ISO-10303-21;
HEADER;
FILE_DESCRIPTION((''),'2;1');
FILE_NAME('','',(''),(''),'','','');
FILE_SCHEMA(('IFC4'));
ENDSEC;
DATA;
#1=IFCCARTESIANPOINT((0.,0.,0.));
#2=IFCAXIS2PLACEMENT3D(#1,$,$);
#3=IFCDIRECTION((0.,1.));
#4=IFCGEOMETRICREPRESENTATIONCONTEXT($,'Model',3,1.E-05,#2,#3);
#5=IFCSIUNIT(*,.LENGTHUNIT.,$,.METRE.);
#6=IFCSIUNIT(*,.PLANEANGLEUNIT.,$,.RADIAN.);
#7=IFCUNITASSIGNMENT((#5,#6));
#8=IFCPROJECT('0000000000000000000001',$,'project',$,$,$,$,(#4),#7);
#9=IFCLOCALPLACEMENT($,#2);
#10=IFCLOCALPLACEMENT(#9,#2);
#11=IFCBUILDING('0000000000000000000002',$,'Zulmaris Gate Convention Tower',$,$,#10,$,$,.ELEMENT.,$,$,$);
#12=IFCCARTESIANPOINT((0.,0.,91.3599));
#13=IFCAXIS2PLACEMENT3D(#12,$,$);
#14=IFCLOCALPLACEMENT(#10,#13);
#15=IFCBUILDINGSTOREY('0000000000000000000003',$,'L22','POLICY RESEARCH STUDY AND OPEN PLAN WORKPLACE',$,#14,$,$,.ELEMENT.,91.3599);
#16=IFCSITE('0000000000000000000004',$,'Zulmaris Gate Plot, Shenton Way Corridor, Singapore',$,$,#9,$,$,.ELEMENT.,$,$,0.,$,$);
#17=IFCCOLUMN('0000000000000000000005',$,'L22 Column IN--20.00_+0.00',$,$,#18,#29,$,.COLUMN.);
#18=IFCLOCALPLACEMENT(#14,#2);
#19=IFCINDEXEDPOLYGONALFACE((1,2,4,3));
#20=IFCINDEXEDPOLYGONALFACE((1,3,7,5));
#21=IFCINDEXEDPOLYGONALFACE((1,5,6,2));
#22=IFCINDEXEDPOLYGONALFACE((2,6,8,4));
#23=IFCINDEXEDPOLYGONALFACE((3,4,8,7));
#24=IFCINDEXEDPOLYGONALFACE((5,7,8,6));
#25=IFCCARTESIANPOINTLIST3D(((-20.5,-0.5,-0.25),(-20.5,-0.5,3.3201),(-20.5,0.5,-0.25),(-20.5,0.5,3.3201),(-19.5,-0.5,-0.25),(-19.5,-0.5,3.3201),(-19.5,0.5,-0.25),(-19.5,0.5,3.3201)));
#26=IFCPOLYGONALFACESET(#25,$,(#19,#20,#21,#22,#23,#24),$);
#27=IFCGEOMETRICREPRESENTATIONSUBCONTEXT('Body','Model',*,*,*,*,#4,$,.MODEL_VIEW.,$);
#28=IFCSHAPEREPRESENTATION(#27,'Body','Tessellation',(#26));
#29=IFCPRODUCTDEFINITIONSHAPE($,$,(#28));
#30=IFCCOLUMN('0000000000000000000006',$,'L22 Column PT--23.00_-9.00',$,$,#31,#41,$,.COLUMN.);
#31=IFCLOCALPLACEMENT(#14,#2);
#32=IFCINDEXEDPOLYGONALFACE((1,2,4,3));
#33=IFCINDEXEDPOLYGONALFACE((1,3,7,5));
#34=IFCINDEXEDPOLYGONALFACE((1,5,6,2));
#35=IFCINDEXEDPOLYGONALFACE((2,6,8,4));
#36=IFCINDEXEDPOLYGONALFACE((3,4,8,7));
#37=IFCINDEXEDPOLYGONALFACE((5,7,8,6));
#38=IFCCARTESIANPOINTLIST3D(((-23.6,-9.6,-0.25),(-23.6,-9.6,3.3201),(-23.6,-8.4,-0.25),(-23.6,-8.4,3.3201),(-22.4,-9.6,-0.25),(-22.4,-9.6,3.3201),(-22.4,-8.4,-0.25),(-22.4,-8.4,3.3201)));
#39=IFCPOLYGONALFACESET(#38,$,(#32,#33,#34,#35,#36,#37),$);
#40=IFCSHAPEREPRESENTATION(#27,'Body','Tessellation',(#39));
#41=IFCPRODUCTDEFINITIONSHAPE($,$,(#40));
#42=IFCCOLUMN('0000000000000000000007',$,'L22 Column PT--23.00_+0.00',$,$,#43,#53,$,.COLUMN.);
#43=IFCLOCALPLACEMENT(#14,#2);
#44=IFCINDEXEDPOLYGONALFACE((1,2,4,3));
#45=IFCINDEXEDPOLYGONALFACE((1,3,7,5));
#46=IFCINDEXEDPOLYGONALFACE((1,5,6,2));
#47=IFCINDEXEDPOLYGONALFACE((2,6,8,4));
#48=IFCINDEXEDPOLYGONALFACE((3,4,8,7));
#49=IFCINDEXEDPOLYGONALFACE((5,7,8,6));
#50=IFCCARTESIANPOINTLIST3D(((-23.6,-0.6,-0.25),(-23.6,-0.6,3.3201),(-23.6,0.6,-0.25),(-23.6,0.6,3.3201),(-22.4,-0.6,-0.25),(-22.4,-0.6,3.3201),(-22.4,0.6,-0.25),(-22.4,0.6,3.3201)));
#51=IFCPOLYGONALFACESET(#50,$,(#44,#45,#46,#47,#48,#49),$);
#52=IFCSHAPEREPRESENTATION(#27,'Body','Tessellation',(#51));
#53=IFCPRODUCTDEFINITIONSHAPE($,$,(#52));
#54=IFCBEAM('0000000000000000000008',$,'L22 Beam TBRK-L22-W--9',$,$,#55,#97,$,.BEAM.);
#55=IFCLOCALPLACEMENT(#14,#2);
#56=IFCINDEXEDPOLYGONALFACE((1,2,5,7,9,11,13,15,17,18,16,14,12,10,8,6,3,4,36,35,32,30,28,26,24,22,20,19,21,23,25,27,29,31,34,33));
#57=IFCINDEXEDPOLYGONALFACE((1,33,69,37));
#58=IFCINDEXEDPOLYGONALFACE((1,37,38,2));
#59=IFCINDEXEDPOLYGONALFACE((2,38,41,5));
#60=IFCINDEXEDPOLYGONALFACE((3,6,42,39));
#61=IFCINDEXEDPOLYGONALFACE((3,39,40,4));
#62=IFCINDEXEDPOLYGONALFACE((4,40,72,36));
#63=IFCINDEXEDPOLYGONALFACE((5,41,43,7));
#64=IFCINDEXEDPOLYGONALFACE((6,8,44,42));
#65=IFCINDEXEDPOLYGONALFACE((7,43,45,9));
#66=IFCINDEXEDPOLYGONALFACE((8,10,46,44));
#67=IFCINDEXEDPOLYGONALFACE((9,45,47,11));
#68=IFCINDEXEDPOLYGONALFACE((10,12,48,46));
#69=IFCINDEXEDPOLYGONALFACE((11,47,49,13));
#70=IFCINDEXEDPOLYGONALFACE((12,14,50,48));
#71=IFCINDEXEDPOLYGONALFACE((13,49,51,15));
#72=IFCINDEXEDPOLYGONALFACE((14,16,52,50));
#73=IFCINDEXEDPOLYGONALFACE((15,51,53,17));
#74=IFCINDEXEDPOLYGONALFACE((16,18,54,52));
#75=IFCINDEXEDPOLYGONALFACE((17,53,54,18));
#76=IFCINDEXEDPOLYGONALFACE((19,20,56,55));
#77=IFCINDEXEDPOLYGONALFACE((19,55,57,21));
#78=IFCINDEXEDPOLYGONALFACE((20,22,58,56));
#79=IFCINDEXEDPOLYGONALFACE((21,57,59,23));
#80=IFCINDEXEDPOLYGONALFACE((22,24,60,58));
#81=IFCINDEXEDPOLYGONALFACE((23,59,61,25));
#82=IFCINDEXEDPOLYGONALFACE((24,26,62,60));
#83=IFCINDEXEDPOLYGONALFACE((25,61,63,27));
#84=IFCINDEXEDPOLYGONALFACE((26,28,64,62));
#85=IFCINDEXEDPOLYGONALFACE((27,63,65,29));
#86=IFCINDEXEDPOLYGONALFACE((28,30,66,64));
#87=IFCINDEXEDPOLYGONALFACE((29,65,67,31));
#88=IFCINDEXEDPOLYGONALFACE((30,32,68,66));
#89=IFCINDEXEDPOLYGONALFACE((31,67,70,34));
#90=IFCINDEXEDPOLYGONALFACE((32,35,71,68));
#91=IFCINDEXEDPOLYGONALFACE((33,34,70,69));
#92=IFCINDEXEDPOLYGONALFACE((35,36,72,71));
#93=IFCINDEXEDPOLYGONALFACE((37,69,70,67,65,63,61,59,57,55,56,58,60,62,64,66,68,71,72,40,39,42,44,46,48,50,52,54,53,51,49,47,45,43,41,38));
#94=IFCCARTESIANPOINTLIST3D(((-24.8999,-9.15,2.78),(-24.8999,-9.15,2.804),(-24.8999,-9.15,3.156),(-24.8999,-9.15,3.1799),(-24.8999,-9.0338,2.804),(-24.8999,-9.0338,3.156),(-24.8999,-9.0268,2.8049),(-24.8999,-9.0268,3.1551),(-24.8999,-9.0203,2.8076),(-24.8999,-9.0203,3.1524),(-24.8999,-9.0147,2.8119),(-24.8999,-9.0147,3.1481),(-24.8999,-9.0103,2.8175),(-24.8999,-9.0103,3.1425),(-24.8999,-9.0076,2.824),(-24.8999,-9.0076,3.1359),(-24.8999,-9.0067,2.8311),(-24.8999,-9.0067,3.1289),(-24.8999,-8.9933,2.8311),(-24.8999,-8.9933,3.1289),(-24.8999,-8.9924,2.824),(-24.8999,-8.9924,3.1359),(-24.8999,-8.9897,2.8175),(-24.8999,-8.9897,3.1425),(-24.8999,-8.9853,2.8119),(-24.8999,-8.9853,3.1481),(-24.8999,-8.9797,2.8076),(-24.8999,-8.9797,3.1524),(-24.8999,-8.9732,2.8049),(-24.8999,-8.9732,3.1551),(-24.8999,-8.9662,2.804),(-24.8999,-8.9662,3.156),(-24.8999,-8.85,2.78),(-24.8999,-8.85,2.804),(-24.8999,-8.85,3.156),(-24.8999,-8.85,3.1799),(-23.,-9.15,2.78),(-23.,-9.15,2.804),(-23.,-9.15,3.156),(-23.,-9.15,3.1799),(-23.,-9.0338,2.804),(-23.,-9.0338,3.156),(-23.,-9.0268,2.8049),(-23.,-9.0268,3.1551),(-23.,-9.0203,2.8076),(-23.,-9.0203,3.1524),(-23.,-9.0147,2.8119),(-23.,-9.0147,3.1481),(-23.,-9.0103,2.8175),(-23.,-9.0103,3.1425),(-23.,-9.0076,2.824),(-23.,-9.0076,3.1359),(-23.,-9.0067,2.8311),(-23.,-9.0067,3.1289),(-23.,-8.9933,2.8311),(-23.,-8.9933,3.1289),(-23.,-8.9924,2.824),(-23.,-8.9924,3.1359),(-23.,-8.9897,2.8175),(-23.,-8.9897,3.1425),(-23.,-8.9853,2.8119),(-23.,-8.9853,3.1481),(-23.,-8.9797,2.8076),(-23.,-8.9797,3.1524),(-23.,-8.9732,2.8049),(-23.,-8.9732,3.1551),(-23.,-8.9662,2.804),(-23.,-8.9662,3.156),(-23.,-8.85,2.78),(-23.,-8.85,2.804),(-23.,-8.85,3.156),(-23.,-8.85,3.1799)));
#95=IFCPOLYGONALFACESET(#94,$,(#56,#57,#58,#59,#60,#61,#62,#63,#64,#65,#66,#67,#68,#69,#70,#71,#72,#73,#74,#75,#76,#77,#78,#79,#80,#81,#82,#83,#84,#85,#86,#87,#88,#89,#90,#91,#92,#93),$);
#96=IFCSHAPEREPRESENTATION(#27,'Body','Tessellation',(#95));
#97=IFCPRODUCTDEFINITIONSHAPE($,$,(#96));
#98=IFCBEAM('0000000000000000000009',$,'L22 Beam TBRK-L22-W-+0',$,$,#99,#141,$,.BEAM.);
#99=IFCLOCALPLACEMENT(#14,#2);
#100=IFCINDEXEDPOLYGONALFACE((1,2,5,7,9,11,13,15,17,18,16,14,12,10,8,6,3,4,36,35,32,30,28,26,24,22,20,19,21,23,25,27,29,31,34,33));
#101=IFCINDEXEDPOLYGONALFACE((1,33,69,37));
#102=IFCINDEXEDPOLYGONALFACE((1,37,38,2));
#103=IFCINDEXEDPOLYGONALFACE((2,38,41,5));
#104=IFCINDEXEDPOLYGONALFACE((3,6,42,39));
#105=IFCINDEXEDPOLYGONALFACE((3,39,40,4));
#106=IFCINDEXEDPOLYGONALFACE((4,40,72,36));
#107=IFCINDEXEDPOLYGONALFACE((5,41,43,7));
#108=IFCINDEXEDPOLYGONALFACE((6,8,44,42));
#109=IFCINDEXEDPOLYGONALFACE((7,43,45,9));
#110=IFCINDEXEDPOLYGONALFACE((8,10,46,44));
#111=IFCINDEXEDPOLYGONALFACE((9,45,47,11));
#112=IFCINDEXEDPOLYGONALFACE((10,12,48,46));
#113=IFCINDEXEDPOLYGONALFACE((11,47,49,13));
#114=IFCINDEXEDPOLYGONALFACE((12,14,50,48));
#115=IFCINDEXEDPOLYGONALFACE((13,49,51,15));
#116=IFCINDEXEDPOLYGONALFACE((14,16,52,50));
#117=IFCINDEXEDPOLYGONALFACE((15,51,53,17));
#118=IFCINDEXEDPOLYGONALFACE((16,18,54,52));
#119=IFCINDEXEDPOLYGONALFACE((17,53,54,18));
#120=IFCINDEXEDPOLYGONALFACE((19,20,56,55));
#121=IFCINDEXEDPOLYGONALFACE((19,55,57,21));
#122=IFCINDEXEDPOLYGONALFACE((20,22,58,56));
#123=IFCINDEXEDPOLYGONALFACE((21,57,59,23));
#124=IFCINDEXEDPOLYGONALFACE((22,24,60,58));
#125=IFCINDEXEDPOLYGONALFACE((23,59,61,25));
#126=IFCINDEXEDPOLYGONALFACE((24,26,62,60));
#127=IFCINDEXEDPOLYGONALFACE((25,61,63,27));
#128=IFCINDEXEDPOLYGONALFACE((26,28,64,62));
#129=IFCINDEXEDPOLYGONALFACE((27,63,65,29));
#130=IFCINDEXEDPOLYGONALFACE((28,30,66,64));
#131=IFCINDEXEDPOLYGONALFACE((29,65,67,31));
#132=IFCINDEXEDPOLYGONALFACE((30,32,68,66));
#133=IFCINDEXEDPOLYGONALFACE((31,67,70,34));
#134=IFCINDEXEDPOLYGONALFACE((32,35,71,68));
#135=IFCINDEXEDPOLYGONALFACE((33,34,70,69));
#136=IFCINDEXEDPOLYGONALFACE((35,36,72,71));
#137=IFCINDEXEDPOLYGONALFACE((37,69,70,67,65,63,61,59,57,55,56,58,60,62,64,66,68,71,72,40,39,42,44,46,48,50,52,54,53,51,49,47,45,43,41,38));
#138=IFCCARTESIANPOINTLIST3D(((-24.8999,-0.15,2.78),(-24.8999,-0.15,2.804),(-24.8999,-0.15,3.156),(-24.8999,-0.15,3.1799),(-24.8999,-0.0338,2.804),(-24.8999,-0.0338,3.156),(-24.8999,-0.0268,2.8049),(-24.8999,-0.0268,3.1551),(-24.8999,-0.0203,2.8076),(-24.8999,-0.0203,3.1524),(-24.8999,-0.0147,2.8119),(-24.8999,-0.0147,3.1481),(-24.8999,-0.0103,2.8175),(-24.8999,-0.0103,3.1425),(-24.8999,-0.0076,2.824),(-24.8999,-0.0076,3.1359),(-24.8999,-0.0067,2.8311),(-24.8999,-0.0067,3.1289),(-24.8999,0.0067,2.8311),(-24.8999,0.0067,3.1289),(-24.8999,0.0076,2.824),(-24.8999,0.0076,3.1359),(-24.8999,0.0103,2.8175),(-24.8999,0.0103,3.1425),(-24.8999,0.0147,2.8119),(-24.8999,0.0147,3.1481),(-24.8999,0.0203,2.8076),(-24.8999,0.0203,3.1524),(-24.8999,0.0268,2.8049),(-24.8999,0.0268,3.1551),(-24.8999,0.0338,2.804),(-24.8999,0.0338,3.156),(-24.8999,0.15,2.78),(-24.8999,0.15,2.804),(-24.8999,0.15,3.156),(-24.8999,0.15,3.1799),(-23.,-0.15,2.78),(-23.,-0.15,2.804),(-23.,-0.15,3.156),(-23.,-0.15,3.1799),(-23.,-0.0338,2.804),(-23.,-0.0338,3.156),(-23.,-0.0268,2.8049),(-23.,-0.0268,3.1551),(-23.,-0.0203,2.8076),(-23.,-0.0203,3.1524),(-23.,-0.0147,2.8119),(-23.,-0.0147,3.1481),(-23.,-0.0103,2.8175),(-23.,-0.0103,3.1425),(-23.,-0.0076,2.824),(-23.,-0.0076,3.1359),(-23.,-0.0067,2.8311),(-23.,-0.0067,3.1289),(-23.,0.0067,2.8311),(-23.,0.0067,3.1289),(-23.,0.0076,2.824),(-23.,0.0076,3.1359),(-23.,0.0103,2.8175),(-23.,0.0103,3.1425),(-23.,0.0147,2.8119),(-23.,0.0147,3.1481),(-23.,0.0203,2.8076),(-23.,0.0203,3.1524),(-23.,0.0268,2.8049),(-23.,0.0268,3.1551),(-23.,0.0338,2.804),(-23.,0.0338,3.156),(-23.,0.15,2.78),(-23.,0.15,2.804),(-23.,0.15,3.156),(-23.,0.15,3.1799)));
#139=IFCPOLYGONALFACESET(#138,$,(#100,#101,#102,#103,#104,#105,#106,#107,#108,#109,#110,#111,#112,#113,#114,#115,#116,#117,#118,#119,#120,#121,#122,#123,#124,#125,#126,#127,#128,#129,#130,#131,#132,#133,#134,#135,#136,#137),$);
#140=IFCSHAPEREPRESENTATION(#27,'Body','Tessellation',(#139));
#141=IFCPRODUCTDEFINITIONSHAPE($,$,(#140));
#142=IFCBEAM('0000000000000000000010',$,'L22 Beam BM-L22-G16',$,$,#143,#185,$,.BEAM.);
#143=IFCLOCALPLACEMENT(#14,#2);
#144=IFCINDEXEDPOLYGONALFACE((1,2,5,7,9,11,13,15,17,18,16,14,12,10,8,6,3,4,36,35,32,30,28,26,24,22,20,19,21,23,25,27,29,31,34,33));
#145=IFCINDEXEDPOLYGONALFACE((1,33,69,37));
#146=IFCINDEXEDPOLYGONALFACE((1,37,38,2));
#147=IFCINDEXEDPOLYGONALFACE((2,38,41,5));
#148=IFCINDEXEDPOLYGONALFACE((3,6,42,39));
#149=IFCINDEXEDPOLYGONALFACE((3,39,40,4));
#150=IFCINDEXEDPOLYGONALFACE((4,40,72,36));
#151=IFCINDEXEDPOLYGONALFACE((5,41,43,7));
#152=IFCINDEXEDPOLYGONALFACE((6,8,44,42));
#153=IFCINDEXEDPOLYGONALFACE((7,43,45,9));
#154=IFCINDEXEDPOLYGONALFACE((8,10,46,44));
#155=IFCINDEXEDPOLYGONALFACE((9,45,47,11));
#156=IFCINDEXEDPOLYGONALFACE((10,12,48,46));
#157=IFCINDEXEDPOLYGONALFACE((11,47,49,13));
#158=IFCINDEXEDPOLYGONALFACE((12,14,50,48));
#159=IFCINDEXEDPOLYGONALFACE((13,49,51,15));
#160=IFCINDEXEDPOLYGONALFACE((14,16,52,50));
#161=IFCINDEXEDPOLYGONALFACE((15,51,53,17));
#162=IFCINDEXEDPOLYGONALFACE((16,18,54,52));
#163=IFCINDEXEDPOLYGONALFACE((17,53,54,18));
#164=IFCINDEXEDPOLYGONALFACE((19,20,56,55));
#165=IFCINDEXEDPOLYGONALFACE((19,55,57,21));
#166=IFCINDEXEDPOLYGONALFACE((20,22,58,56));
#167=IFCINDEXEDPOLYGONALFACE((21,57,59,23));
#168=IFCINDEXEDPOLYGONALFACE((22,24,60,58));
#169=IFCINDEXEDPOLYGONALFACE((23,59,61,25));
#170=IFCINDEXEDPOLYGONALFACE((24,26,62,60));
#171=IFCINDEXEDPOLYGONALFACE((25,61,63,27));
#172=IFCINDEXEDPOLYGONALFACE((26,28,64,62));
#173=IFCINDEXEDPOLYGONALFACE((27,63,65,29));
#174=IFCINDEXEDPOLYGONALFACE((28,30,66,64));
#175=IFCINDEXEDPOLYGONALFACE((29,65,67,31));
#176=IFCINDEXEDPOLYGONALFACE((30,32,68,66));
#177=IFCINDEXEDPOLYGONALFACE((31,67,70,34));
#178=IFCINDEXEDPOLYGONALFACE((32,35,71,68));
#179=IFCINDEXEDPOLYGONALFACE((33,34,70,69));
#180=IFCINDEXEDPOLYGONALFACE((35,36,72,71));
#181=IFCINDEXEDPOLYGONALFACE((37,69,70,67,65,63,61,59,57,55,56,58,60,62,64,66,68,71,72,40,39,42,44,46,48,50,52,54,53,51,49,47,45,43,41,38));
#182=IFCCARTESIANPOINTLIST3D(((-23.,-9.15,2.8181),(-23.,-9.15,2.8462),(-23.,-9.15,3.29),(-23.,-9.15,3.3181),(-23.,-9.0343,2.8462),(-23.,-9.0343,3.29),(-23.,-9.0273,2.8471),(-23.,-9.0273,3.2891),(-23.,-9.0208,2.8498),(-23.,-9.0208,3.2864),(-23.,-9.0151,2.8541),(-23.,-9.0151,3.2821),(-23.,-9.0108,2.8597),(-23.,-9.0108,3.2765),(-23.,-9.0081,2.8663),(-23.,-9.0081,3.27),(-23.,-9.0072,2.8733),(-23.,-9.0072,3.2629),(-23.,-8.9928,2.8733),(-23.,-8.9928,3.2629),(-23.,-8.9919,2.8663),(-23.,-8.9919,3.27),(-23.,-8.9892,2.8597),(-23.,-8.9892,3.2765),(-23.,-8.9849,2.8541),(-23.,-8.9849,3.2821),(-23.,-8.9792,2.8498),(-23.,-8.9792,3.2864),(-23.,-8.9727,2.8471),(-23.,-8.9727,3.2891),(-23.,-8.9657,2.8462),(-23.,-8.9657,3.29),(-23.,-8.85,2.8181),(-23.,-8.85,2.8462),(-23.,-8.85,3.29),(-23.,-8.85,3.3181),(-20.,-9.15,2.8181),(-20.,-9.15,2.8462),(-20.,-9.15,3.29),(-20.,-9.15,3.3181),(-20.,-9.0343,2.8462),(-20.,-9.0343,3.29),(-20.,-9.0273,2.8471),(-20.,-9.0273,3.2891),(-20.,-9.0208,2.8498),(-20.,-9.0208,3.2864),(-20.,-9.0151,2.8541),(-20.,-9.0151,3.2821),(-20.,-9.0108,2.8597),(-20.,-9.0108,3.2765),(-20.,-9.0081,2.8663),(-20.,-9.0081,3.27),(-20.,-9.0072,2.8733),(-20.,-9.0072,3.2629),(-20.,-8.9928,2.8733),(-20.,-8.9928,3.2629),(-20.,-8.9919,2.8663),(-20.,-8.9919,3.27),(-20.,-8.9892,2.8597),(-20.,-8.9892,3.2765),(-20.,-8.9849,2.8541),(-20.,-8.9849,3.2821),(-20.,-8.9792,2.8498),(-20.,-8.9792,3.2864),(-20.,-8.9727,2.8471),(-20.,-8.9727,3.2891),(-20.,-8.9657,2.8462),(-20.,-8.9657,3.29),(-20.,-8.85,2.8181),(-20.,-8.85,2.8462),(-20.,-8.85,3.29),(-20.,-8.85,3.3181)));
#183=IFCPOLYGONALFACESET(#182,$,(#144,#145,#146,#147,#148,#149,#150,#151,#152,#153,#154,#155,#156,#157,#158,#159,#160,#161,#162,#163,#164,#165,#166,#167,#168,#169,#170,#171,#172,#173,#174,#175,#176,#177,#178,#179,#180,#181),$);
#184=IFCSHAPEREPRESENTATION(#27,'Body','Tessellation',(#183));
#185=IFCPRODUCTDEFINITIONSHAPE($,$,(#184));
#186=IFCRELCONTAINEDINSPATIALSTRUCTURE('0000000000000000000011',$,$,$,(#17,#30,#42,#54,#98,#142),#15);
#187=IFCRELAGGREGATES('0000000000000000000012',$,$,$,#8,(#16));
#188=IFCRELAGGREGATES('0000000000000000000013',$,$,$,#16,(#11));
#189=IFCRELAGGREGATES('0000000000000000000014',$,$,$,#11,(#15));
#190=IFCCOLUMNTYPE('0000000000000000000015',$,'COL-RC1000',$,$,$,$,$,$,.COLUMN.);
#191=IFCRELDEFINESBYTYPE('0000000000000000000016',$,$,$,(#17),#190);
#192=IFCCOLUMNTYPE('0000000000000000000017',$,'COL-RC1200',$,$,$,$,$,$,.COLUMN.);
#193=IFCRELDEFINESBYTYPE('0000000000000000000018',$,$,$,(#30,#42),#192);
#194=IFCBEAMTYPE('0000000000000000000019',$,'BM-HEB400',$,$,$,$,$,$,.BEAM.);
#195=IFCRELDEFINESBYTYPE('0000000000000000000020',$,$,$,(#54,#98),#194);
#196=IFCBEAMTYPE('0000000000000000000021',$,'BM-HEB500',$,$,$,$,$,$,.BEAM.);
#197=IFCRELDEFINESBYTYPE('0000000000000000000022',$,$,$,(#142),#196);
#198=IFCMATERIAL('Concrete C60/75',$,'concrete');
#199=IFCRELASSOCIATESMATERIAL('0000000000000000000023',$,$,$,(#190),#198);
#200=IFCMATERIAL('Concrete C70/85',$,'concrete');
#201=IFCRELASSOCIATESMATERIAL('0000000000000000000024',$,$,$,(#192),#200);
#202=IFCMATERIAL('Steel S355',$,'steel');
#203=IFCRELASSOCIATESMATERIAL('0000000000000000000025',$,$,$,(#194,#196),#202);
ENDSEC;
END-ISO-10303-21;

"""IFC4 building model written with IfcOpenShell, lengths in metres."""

from ifc_helpers import new_model, si_unit, direction, frame, origin, origin_2d, place, context, subcontext, project, spatial, rectangle, i_section, extrude, material, material_profile, profile_set, type_object, element, save


model = new_model("IFC4")

# Units and contexts
model_context = context("Model", 3, precision=1e-05, world=origin(), true_north=direction((0.0, 1.0)))
body_context = subcontext(model_context, "Body", "Model", "MODEL_VIEW")
ifc_project = project(units=[si_unit("LENGTHUNIT", "METRE"), si_unit("PLANEANGLEUNIT", "RADIAN")], contexts=[model_context])

# Site, building, storey
site_placement = place(None, origin())
site = spatial("IfcSite", under=ifc_project, at=site_placement, Name="Zulmaris Gate Plot, Shenton Way Corridor, Singapore", CompositionType="ELEMENT", RefElevation=0.0)
building_placement = place(site_placement, origin())
building = spatial("IfcBuilding", under=site, at=building_placement, Name="Zulmaris Gate Convention Tower", CompositionType="ELEMENT")
storey_placement = place(building_placement, frame((0.0, 0.0, 91.3599)))
storey = spatial("IfcBuildingStorey", under=building, at=storey_placement, Name="L22", Description="POLICY RESEARCH STUDY AND OPEN PLAN WORKPLACE", CompositionType="ELEMENT", Elevation=91.3599)

# Columns
ifc_material_1 = material(Name="Concrete C60/75", Category="concrete")
ifc_material_profile_1 = material_profile(ifc_material_1, rectangle(XDim=1.0, YDim=1.0, at=origin_2d()), Name="RC COL 1000x1000")
ifc_profile_set_1 = profile_set([ifc_material_profile_1], Name="Concrete C60/75")
column_type_1 = type_object("IfcColumnType", Name="COL-RC1000", PredefinedType="COLUMN", material=ifc_profile_set_1)
column_placement = place(storey_placement, frame((-20.0, 0.0, -0.25), z_axis=(0.0, 0.0, 1.0), x_axis=(1.0, 0.0, 0.0)))
element("IfcColumn", 1, at=column_placement, inside=storey, type_object=column_type_1, Name="L22 Column IN--20.00_+0.00", PredefinedType="COLUMN", context=body_context, shape_type="SweptSolid", body=[
    extrude(rectangle(XDim=1.0, YDim=1.0, at=origin_2d()), origin(), (0.0, 0.0, 1.0), 3.5701),
])
ifc_material_2 = material(Name="Concrete C70/85", Category="concrete")
ifc_material_profile_2 = material_profile(ifc_material_2, rectangle(XDim=1.2, YDim=1.2, at=origin_2d()), Name="RC COL 1200x1200")
ifc_profile_set_2 = profile_set([ifc_material_profile_2], Name="Concrete C70/85")
column_type_2 = type_object("IfcColumnType", Name="COL-RC1200", PredefinedType="COLUMN", material=ifc_profile_set_2)
for number, where, z_axis, x_axis, name in (
    (2, (-23.0, -9.0, -0.25), (0.0, 0.0, 1.0), (1.0, 0.0, 0.0), "L22 Column PT--23.00_-9.00"),
    (3, (-23.0, 0.0, -0.25), (0.0, 0.0, 1.0), (1.0, 0.0, 0.0), "L22 Column PT--23.00_+0.00"),
):
    element("IfcColumn", number, at=place(storey_placement, frame(where, z_axis=z_axis, x_axis=x_axis)), inside=storey, type_object=column_type_2, Name=name, PredefinedType="COLUMN", context=body_context, shape_type="SweptSolid", body=[
        extrude(rectangle(XDim=1.2, YDim=1.2, at=origin_2d()), origin(), (0.0, 0.0, 1.0), 3.5701),
    ])

# Beams
ifc_material_3 = material(Name="Steel S355", Category="steel")
ifc_material_profile_3 = material_profile(ifc_material_3, i_section(OverallWidth=0.3, OverallDepth=0.3999, WebThickness=0.0134, FlangeThickness=0.0239, FilletRadius=0.0271, at=origin_2d()), Name="HEB 400")
ifc_profile_set_3 = profile_set([ifc_material_profile_3], Name="Steel S355")
beam_type_1 = type_object("IfcBeamType", Name="BM-HEB400", PredefinedType="BEAM", material=ifc_profile_set_3)
for number, where, z_axis, x_axis, name in (
    (4, (-24.8999, -9.0, 2.98), (1.0, 0.0, 0.0), (0.0, 1.0, 0.0), "L22 Beam TBRK-L22-W--9"),
    (5, (-24.8999, 0.0, 2.98), (1.0, 0.0, 0.0), (0.0, 1.0, 0.0), "L22 Beam TBRK-L22-W-+0"),
):
    element("IfcBeam", number, at=place(storey_placement, frame(where, z_axis=z_axis, x_axis=x_axis)), inside=storey, type_object=beam_type_1, Name=name, PredefinedType="BEAM", context=body_context, shape_type="SweptSolid", body=[
        extrude(i_section(OverallWidth=0.3, OverallDepth=0.3999, WebThickness=0.0134, FlangeThickness=0.0239, FilletRadius=0.0271, at=origin_2d()), origin(), (0.0, 0.0, 1.0), 1.8999),
    ])
ifc_material_profile_4 = material_profile(ifc_material_3, i_section(OverallWidth=0.3, OverallDepth=0.5, WebThickness=0.0144, FlangeThickness=0.0281, FilletRadius=0.0271, at=origin_2d()), Name="HEB 500")
ifc_profile_set_4 = profile_set([ifc_material_profile_4], Name="Steel S355")
beam_type_2 = type_object("IfcBeamType", Name="BM-HEB500", PredefinedType="BEAM", material=ifc_profile_set_4)
for number, where, z_axis, x_axis, name in (
    (6, (-23.0, -9.0, 3.0681), (1.0, 0.0, 0.0), (0.0, 1.0, 0.0), "L22 Beam BM-L22-G16"),
):
    element("IfcBeam", number, at=place(storey_placement, frame(where, z_axis=z_axis, x_axis=x_axis)), inside=storey, type_object=beam_type_2, Name=name, PredefinedType="BEAM", context=body_context, shape_type="SweptSolid", body=[
        extrude(i_section(OverallWidth=0.3, OverallDepth=0.5, WebThickness=0.0144, FlangeThickness=0.0281, FilletRadius=0.0271, at=origin_2d()), origin(), (0.0, 0.0, 1.0), 3.0),
    ])

save(model, "model.ifc")
